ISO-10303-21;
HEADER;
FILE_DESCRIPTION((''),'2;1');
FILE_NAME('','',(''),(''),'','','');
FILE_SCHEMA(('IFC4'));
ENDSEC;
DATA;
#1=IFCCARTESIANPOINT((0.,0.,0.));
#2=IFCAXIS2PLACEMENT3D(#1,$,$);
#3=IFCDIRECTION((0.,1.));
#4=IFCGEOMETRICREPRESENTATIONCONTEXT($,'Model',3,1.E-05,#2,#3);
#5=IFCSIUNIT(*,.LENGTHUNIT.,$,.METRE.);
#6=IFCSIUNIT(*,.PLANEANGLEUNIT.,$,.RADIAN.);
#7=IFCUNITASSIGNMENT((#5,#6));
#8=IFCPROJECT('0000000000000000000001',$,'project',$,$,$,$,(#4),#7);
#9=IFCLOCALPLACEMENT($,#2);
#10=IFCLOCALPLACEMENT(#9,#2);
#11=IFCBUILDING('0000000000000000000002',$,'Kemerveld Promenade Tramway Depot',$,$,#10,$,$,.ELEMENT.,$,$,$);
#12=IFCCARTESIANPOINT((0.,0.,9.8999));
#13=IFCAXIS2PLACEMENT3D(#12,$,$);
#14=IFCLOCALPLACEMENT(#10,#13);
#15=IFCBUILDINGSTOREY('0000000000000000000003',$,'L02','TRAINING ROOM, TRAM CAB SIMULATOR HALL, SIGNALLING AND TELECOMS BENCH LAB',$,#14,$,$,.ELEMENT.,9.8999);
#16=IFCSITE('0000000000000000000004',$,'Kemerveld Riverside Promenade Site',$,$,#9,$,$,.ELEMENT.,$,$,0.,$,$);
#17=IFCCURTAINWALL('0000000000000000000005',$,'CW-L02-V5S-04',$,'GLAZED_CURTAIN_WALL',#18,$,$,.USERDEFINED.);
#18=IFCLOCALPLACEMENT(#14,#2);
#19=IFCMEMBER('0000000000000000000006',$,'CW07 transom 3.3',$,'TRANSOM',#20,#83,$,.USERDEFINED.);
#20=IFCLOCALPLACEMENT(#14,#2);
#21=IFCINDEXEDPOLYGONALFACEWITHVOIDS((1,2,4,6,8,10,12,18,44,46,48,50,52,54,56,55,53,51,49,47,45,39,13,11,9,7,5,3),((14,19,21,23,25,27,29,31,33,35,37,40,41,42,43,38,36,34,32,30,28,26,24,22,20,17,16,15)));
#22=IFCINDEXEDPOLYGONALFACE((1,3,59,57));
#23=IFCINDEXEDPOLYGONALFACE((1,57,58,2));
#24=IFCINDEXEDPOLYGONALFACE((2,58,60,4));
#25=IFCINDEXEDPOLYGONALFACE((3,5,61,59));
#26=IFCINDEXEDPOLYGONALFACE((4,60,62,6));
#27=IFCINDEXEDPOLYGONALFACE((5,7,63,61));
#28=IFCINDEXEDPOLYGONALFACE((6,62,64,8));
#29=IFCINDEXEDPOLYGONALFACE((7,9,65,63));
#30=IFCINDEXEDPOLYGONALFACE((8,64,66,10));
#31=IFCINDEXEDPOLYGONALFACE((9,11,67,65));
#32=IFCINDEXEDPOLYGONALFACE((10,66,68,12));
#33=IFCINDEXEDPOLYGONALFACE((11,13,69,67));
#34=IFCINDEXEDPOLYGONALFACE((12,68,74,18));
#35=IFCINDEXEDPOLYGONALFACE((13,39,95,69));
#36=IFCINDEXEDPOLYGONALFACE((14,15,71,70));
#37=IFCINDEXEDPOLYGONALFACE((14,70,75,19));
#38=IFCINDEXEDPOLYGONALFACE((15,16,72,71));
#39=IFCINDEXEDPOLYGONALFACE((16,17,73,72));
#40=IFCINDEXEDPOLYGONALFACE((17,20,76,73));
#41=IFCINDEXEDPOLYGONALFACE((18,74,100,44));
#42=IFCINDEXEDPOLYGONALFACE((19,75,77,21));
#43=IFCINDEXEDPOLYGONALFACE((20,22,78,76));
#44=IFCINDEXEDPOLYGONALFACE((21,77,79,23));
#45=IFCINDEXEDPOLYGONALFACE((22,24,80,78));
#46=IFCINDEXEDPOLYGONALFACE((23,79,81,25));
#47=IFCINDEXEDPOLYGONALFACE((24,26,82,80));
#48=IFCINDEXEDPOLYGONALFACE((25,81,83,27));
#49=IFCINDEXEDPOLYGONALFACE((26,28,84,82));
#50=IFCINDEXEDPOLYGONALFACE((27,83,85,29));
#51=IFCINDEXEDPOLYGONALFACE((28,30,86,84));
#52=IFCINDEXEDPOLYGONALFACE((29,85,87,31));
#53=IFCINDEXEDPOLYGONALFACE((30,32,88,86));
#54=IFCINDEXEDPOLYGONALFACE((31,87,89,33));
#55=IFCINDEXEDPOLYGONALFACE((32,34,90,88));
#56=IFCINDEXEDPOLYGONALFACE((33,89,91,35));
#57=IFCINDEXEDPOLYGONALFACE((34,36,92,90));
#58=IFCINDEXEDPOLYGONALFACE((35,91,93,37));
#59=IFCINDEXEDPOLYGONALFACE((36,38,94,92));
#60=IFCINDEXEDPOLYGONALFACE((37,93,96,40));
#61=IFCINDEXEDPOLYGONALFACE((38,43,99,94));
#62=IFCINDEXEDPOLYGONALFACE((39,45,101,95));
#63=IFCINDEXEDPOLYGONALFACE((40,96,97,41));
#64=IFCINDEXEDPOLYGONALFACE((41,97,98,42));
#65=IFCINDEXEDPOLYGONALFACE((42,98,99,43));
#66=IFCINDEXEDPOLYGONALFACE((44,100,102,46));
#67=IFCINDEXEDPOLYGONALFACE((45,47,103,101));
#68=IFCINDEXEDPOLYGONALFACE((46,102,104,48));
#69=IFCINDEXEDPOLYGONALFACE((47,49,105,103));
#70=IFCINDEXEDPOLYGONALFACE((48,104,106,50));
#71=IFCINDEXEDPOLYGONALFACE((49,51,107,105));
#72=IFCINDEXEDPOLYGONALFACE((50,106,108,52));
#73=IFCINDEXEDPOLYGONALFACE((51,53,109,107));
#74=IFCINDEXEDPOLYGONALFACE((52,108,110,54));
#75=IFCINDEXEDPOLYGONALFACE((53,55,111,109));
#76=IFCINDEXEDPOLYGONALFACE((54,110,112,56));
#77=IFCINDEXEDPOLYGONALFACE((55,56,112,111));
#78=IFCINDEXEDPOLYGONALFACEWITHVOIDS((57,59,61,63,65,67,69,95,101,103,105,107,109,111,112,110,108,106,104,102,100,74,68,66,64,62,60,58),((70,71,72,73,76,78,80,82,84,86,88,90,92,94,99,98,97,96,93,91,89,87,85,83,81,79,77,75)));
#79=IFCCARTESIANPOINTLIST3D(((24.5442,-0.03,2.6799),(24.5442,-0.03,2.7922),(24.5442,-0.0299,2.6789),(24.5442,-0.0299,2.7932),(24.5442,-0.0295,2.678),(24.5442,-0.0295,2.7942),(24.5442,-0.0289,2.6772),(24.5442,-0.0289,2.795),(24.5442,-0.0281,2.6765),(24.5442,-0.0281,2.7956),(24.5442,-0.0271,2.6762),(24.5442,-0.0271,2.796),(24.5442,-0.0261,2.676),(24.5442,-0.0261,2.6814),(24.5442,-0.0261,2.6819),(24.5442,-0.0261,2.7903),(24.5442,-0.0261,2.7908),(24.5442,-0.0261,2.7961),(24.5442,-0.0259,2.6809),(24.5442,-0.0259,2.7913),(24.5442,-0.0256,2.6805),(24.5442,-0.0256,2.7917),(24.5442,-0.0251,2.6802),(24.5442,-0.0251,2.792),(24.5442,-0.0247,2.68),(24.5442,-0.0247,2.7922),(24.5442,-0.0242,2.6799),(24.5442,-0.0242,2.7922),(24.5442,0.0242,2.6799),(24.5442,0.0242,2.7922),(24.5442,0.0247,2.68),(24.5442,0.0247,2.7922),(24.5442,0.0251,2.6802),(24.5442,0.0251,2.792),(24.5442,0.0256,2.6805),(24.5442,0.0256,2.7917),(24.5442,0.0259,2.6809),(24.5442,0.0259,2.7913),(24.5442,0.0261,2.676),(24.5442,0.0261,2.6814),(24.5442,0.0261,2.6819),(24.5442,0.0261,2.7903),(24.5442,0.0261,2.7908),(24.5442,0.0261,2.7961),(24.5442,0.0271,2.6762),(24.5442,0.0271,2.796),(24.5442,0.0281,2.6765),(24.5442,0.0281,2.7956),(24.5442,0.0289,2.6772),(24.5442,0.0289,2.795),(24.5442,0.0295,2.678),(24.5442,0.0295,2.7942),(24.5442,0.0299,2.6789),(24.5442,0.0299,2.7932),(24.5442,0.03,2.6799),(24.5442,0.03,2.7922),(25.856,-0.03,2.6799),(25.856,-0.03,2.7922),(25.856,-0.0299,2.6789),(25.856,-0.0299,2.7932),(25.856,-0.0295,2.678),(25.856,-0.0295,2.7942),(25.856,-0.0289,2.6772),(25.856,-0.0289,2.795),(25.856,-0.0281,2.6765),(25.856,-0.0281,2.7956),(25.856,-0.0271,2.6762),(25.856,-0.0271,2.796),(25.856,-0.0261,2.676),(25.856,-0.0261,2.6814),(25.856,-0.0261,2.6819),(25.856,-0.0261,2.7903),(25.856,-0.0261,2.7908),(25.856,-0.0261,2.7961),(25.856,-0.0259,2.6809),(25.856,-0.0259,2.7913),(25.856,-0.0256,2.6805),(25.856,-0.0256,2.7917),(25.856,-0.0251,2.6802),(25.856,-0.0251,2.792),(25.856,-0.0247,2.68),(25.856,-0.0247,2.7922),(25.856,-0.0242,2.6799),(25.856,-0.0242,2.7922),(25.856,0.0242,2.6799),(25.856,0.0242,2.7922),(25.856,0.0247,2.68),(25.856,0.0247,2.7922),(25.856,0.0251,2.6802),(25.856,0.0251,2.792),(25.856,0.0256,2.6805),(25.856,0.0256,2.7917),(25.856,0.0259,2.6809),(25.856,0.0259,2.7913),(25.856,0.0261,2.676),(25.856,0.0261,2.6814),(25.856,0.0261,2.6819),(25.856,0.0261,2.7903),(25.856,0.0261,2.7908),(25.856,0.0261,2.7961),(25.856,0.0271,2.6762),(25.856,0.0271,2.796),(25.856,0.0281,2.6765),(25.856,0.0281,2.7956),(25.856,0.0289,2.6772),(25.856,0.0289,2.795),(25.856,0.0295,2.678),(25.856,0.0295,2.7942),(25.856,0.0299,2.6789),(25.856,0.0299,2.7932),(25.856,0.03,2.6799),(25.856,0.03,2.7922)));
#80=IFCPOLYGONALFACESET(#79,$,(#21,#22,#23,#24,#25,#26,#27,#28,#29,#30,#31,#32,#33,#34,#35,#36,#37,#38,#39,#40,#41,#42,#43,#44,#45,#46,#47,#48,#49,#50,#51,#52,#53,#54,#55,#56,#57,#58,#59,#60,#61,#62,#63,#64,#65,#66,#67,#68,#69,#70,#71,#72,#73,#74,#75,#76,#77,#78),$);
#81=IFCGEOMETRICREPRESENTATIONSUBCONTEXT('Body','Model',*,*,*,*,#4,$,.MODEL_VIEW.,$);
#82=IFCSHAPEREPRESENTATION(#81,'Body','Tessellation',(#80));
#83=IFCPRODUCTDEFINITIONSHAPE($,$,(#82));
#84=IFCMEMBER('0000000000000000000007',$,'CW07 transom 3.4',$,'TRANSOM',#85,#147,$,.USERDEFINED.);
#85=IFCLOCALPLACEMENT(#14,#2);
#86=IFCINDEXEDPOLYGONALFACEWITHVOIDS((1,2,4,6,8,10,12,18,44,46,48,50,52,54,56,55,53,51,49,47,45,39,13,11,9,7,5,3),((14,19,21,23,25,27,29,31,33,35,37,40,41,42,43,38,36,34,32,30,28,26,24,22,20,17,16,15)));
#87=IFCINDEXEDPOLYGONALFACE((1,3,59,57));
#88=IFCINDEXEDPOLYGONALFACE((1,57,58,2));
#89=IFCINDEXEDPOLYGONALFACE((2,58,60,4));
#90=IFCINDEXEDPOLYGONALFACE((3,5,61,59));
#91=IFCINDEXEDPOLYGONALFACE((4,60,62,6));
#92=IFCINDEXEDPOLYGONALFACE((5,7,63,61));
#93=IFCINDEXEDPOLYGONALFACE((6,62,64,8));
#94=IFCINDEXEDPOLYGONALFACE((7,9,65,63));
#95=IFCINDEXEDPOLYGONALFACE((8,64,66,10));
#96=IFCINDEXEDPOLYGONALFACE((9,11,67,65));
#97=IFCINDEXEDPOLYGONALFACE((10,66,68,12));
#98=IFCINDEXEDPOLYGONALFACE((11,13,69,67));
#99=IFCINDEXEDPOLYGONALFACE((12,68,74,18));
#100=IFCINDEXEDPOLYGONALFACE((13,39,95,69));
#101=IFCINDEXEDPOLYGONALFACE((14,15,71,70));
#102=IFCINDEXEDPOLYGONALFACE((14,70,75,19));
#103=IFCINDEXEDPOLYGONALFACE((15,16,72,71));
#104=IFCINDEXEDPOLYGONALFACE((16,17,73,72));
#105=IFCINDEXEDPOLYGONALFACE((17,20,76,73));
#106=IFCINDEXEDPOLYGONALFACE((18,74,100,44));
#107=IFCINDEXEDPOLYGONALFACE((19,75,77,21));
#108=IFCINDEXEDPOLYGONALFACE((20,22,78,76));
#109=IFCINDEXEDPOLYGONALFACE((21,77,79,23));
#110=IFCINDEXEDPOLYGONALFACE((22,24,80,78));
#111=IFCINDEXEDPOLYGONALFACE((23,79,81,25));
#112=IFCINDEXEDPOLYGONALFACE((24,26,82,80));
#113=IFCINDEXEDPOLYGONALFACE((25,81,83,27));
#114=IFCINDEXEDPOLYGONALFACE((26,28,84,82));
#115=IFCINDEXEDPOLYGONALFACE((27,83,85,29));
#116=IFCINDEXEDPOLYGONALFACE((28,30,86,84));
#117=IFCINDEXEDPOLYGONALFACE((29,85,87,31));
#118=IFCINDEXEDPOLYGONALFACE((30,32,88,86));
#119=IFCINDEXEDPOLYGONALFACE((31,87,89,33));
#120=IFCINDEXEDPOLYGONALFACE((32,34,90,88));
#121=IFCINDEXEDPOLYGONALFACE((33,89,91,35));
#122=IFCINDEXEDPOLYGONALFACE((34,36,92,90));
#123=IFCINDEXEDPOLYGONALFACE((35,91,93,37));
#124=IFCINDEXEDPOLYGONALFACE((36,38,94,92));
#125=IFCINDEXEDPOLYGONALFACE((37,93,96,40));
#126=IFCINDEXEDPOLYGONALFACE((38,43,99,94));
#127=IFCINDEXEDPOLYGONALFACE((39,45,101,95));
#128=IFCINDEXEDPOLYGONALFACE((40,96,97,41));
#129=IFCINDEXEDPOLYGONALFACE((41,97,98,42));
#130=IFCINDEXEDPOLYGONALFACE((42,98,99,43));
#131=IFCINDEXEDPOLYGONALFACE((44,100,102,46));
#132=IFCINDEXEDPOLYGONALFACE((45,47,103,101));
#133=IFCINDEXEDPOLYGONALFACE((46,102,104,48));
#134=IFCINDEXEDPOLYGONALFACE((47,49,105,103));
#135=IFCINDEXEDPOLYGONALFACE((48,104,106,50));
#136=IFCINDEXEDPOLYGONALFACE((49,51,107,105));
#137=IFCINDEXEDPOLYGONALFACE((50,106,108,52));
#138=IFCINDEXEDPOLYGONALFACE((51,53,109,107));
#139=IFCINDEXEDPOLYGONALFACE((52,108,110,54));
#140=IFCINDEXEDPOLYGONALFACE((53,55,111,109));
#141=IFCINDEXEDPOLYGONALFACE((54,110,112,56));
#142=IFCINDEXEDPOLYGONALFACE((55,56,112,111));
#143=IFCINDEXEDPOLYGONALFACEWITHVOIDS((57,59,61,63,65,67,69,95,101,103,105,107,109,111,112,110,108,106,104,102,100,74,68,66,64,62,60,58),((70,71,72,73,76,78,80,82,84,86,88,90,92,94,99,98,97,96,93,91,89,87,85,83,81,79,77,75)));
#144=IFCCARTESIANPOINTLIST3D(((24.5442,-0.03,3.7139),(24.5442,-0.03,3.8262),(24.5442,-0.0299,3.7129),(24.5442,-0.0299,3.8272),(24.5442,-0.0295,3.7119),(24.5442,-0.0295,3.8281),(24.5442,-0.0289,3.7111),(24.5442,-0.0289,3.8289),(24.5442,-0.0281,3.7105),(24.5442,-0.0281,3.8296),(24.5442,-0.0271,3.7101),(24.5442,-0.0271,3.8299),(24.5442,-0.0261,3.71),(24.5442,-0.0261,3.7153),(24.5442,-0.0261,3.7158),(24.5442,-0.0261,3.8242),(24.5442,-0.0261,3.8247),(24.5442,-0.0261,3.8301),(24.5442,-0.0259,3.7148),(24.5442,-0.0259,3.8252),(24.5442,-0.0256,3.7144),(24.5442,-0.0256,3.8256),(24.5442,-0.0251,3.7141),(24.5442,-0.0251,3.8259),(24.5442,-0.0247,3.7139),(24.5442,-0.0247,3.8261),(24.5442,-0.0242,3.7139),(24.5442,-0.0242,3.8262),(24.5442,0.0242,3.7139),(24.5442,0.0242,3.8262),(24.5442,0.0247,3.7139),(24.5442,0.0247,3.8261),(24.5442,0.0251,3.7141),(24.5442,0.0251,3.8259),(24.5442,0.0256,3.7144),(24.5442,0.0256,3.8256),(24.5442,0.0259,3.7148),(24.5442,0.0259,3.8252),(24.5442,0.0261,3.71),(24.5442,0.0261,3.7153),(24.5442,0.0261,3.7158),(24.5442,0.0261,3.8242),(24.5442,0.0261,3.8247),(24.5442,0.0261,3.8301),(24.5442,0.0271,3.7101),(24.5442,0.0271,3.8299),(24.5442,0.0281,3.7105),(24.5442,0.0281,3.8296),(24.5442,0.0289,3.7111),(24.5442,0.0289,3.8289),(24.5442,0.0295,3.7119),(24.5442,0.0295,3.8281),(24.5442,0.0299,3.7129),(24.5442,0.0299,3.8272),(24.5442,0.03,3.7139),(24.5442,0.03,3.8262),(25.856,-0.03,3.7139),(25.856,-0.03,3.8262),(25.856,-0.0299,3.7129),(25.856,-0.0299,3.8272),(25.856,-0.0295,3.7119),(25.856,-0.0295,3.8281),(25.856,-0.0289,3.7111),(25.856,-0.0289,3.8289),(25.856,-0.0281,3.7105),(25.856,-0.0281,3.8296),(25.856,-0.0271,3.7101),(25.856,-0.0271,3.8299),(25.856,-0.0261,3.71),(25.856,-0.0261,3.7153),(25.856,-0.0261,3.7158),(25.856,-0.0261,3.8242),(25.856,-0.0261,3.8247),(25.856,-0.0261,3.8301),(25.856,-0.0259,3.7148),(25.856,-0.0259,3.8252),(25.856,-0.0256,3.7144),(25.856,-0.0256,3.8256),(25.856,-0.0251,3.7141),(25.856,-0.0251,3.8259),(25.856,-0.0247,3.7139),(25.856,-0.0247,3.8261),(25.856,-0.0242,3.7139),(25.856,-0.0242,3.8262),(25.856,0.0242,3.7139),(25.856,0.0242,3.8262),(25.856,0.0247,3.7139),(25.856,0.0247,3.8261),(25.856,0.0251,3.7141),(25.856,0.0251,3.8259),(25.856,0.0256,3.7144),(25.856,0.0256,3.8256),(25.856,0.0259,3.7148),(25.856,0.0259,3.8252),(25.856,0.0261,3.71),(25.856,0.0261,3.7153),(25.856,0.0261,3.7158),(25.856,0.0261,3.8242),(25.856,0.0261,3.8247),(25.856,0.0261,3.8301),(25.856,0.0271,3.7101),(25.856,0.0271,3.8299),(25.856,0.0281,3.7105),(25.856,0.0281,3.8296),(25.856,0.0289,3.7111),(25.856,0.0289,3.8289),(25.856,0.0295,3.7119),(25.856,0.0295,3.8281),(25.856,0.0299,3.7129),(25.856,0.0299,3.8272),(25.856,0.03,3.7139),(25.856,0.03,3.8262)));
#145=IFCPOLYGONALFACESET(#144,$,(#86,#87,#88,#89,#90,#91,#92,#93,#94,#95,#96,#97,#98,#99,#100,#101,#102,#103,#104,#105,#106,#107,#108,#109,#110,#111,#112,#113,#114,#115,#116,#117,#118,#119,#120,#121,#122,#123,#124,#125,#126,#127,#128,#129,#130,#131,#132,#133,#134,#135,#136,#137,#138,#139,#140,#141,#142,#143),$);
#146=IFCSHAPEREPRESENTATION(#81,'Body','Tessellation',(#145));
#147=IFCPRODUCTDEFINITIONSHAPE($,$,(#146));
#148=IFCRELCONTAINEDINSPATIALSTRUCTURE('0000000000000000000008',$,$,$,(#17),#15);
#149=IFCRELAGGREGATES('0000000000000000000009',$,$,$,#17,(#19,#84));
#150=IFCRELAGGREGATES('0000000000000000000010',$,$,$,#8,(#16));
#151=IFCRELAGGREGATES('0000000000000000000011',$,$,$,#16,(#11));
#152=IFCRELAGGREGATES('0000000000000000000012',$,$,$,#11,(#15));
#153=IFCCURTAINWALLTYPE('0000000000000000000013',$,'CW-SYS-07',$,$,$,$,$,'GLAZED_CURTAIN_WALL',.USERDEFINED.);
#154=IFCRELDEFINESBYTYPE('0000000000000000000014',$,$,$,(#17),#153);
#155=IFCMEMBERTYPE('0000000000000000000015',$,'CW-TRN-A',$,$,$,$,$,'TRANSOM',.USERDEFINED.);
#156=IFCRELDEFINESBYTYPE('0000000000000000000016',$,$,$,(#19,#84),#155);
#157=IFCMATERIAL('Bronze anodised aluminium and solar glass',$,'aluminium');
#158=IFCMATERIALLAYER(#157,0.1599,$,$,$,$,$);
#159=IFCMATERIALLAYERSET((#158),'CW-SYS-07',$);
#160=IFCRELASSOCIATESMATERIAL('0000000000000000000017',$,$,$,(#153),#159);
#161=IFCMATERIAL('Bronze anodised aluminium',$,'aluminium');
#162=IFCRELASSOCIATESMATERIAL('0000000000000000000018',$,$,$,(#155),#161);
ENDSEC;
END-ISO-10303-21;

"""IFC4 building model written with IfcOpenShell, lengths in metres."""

from ifc_helpers import new_model, si_unit, direction, frame, origin, origin_2d, place, context, subcontext, project, spatial, hollow_rectangle, extrude, material, layer, layer_set, material_profile, profile_set, type_object, element, aggregate, save


model = new_model("IFC4")

# Units and contexts
model_context = context("Model", 3, precision=1e-05, world=origin(), true_north=direction((0.0, 1.0)))
body_context = subcontext(model_context, "Body", "Model", "MODEL_VIEW")
ifc_project = project(units=[si_unit("LENGTHUNIT", "METRE"), si_unit("PLANEANGLEUNIT", "RADIAN")], contexts=[model_context])

# Site, building, storey
site_placement = place(None, origin())
site = spatial("IfcSite", under=ifc_project, at=site_placement, Name="Kemerveld Riverside Promenade Site", CompositionType="ELEMENT", RefElevation=0.0)
building_placement = place(site_placement, origin())
building = spatial("IfcBuilding", under=site, at=building_placement, Name="Kemerveld Promenade Tramway Depot", CompositionType="ELEMENT")
storey_placement = place(building_placement, frame((0.0, 0.0, 9.8999)))
storey = spatial("IfcBuildingStorey", under=building, at=storey_placement, Name="L02", Description="TRAINING ROOM, TRAM CAB SIMULATOR HALL, SIGNALLING AND TELECOMS BENCH LAB", CompositionType="ELEMENT", Elevation=9.8999)

# Curtain wall, members
ifc_material_1 = material(Name="Bronze anodised aluminium and solar glass", Category="aluminium")
ifc_layer_1 = layer(ifc_material_1, 0.1599)
ifc_layer_set_1 = layer_set([ifc_layer_1], Name="CW-SYS-07")
curtain_wall_type = type_object("IfcCurtainWallType", Name="CW-SYS-07", ElementType="GLAZED_CURTAIN_WALL", PredefinedType="USERDEFINED", material=ifc_layer_set_1)
curtain_wall_placement = place(storey_placement, origin())
curtain_wall = element("IfcCurtainWall", 1, at=curtain_wall_placement, inside=storey, type_object=curtain_wall_type, Name="CW-L02-V5S-04", ObjectType="GLAZED_CURTAIN_WALL", PredefinedType="USERDEFINED")
ifc_material_2 = material(Name="Bronze anodised aluminium", Category="aluminium")
ifc_material_profile_1 = material_profile(ifc_material_2, hollow_rectangle(XDim=0.0601, YDim=0.1201, WallThickness=0.0039, InnerFilletRadius=0.002, OuterFilletRadius=0.0039, at=origin_2d()), Name="CW-TRN-120x60")
ifc_profile_set_1 = profile_set([ifc_material_profile_1], Name="Bronze anodised aluminium")
member_type_1 = type_object("IfcMemberType", Name="CW-TRN-A", ElementType="TRANSOM", PredefinedType="USERDEFINED", material=ifc_profile_set_1)
member_1_placement = place(storey_placement, frame((25.856, 0.0, 2.7361), z_axis=(-1.0, 0.0, 0.0), x_axis=(0.0, -1.0, 0.0)))
member_1 = element("IfcMember", 2, at=member_1_placement, type_object=member_type_1, Name="CW07 transom 3.3", ObjectType="TRANSOM", PredefinedType="USERDEFINED", context=body_context, shape_type="SweptSolid", body=[
    extrude(hollow_rectangle(XDim=0.0601, YDim=0.1201, WallThickness=0.0039, InnerFilletRadius=0.002, OuterFilletRadius=0.0039, at=origin_2d()), origin(), (0.0, 0.0, 1.0), 1.3118),
])
member_2_placement = place(storey_placement, frame((25.856, 0.0, 3.77), z_axis=(-1.0, 0.0, 0.0), x_axis=(0.0, -1.0, 0.0)))
member_2 = element("IfcMember", 3, at=member_2_placement, type_object=member_type_1, Name="CW07 transom 3.4", ObjectType="TRANSOM", PredefinedType="USERDEFINED", context=body_context, shape_type="SweptSolid", body=[
    extrude(hollow_rectangle(XDim=0.0601, YDim=0.1201, WallThickness=0.0039, InnerFilletRadius=0.002, OuterFilletRadius=0.0039, at=origin_2d()), origin(), (0.0, 0.0, 1.0), 1.3118),
])
aggregate(curtain_wall, [member_1, member_2])

save(model, "model.ifc")
